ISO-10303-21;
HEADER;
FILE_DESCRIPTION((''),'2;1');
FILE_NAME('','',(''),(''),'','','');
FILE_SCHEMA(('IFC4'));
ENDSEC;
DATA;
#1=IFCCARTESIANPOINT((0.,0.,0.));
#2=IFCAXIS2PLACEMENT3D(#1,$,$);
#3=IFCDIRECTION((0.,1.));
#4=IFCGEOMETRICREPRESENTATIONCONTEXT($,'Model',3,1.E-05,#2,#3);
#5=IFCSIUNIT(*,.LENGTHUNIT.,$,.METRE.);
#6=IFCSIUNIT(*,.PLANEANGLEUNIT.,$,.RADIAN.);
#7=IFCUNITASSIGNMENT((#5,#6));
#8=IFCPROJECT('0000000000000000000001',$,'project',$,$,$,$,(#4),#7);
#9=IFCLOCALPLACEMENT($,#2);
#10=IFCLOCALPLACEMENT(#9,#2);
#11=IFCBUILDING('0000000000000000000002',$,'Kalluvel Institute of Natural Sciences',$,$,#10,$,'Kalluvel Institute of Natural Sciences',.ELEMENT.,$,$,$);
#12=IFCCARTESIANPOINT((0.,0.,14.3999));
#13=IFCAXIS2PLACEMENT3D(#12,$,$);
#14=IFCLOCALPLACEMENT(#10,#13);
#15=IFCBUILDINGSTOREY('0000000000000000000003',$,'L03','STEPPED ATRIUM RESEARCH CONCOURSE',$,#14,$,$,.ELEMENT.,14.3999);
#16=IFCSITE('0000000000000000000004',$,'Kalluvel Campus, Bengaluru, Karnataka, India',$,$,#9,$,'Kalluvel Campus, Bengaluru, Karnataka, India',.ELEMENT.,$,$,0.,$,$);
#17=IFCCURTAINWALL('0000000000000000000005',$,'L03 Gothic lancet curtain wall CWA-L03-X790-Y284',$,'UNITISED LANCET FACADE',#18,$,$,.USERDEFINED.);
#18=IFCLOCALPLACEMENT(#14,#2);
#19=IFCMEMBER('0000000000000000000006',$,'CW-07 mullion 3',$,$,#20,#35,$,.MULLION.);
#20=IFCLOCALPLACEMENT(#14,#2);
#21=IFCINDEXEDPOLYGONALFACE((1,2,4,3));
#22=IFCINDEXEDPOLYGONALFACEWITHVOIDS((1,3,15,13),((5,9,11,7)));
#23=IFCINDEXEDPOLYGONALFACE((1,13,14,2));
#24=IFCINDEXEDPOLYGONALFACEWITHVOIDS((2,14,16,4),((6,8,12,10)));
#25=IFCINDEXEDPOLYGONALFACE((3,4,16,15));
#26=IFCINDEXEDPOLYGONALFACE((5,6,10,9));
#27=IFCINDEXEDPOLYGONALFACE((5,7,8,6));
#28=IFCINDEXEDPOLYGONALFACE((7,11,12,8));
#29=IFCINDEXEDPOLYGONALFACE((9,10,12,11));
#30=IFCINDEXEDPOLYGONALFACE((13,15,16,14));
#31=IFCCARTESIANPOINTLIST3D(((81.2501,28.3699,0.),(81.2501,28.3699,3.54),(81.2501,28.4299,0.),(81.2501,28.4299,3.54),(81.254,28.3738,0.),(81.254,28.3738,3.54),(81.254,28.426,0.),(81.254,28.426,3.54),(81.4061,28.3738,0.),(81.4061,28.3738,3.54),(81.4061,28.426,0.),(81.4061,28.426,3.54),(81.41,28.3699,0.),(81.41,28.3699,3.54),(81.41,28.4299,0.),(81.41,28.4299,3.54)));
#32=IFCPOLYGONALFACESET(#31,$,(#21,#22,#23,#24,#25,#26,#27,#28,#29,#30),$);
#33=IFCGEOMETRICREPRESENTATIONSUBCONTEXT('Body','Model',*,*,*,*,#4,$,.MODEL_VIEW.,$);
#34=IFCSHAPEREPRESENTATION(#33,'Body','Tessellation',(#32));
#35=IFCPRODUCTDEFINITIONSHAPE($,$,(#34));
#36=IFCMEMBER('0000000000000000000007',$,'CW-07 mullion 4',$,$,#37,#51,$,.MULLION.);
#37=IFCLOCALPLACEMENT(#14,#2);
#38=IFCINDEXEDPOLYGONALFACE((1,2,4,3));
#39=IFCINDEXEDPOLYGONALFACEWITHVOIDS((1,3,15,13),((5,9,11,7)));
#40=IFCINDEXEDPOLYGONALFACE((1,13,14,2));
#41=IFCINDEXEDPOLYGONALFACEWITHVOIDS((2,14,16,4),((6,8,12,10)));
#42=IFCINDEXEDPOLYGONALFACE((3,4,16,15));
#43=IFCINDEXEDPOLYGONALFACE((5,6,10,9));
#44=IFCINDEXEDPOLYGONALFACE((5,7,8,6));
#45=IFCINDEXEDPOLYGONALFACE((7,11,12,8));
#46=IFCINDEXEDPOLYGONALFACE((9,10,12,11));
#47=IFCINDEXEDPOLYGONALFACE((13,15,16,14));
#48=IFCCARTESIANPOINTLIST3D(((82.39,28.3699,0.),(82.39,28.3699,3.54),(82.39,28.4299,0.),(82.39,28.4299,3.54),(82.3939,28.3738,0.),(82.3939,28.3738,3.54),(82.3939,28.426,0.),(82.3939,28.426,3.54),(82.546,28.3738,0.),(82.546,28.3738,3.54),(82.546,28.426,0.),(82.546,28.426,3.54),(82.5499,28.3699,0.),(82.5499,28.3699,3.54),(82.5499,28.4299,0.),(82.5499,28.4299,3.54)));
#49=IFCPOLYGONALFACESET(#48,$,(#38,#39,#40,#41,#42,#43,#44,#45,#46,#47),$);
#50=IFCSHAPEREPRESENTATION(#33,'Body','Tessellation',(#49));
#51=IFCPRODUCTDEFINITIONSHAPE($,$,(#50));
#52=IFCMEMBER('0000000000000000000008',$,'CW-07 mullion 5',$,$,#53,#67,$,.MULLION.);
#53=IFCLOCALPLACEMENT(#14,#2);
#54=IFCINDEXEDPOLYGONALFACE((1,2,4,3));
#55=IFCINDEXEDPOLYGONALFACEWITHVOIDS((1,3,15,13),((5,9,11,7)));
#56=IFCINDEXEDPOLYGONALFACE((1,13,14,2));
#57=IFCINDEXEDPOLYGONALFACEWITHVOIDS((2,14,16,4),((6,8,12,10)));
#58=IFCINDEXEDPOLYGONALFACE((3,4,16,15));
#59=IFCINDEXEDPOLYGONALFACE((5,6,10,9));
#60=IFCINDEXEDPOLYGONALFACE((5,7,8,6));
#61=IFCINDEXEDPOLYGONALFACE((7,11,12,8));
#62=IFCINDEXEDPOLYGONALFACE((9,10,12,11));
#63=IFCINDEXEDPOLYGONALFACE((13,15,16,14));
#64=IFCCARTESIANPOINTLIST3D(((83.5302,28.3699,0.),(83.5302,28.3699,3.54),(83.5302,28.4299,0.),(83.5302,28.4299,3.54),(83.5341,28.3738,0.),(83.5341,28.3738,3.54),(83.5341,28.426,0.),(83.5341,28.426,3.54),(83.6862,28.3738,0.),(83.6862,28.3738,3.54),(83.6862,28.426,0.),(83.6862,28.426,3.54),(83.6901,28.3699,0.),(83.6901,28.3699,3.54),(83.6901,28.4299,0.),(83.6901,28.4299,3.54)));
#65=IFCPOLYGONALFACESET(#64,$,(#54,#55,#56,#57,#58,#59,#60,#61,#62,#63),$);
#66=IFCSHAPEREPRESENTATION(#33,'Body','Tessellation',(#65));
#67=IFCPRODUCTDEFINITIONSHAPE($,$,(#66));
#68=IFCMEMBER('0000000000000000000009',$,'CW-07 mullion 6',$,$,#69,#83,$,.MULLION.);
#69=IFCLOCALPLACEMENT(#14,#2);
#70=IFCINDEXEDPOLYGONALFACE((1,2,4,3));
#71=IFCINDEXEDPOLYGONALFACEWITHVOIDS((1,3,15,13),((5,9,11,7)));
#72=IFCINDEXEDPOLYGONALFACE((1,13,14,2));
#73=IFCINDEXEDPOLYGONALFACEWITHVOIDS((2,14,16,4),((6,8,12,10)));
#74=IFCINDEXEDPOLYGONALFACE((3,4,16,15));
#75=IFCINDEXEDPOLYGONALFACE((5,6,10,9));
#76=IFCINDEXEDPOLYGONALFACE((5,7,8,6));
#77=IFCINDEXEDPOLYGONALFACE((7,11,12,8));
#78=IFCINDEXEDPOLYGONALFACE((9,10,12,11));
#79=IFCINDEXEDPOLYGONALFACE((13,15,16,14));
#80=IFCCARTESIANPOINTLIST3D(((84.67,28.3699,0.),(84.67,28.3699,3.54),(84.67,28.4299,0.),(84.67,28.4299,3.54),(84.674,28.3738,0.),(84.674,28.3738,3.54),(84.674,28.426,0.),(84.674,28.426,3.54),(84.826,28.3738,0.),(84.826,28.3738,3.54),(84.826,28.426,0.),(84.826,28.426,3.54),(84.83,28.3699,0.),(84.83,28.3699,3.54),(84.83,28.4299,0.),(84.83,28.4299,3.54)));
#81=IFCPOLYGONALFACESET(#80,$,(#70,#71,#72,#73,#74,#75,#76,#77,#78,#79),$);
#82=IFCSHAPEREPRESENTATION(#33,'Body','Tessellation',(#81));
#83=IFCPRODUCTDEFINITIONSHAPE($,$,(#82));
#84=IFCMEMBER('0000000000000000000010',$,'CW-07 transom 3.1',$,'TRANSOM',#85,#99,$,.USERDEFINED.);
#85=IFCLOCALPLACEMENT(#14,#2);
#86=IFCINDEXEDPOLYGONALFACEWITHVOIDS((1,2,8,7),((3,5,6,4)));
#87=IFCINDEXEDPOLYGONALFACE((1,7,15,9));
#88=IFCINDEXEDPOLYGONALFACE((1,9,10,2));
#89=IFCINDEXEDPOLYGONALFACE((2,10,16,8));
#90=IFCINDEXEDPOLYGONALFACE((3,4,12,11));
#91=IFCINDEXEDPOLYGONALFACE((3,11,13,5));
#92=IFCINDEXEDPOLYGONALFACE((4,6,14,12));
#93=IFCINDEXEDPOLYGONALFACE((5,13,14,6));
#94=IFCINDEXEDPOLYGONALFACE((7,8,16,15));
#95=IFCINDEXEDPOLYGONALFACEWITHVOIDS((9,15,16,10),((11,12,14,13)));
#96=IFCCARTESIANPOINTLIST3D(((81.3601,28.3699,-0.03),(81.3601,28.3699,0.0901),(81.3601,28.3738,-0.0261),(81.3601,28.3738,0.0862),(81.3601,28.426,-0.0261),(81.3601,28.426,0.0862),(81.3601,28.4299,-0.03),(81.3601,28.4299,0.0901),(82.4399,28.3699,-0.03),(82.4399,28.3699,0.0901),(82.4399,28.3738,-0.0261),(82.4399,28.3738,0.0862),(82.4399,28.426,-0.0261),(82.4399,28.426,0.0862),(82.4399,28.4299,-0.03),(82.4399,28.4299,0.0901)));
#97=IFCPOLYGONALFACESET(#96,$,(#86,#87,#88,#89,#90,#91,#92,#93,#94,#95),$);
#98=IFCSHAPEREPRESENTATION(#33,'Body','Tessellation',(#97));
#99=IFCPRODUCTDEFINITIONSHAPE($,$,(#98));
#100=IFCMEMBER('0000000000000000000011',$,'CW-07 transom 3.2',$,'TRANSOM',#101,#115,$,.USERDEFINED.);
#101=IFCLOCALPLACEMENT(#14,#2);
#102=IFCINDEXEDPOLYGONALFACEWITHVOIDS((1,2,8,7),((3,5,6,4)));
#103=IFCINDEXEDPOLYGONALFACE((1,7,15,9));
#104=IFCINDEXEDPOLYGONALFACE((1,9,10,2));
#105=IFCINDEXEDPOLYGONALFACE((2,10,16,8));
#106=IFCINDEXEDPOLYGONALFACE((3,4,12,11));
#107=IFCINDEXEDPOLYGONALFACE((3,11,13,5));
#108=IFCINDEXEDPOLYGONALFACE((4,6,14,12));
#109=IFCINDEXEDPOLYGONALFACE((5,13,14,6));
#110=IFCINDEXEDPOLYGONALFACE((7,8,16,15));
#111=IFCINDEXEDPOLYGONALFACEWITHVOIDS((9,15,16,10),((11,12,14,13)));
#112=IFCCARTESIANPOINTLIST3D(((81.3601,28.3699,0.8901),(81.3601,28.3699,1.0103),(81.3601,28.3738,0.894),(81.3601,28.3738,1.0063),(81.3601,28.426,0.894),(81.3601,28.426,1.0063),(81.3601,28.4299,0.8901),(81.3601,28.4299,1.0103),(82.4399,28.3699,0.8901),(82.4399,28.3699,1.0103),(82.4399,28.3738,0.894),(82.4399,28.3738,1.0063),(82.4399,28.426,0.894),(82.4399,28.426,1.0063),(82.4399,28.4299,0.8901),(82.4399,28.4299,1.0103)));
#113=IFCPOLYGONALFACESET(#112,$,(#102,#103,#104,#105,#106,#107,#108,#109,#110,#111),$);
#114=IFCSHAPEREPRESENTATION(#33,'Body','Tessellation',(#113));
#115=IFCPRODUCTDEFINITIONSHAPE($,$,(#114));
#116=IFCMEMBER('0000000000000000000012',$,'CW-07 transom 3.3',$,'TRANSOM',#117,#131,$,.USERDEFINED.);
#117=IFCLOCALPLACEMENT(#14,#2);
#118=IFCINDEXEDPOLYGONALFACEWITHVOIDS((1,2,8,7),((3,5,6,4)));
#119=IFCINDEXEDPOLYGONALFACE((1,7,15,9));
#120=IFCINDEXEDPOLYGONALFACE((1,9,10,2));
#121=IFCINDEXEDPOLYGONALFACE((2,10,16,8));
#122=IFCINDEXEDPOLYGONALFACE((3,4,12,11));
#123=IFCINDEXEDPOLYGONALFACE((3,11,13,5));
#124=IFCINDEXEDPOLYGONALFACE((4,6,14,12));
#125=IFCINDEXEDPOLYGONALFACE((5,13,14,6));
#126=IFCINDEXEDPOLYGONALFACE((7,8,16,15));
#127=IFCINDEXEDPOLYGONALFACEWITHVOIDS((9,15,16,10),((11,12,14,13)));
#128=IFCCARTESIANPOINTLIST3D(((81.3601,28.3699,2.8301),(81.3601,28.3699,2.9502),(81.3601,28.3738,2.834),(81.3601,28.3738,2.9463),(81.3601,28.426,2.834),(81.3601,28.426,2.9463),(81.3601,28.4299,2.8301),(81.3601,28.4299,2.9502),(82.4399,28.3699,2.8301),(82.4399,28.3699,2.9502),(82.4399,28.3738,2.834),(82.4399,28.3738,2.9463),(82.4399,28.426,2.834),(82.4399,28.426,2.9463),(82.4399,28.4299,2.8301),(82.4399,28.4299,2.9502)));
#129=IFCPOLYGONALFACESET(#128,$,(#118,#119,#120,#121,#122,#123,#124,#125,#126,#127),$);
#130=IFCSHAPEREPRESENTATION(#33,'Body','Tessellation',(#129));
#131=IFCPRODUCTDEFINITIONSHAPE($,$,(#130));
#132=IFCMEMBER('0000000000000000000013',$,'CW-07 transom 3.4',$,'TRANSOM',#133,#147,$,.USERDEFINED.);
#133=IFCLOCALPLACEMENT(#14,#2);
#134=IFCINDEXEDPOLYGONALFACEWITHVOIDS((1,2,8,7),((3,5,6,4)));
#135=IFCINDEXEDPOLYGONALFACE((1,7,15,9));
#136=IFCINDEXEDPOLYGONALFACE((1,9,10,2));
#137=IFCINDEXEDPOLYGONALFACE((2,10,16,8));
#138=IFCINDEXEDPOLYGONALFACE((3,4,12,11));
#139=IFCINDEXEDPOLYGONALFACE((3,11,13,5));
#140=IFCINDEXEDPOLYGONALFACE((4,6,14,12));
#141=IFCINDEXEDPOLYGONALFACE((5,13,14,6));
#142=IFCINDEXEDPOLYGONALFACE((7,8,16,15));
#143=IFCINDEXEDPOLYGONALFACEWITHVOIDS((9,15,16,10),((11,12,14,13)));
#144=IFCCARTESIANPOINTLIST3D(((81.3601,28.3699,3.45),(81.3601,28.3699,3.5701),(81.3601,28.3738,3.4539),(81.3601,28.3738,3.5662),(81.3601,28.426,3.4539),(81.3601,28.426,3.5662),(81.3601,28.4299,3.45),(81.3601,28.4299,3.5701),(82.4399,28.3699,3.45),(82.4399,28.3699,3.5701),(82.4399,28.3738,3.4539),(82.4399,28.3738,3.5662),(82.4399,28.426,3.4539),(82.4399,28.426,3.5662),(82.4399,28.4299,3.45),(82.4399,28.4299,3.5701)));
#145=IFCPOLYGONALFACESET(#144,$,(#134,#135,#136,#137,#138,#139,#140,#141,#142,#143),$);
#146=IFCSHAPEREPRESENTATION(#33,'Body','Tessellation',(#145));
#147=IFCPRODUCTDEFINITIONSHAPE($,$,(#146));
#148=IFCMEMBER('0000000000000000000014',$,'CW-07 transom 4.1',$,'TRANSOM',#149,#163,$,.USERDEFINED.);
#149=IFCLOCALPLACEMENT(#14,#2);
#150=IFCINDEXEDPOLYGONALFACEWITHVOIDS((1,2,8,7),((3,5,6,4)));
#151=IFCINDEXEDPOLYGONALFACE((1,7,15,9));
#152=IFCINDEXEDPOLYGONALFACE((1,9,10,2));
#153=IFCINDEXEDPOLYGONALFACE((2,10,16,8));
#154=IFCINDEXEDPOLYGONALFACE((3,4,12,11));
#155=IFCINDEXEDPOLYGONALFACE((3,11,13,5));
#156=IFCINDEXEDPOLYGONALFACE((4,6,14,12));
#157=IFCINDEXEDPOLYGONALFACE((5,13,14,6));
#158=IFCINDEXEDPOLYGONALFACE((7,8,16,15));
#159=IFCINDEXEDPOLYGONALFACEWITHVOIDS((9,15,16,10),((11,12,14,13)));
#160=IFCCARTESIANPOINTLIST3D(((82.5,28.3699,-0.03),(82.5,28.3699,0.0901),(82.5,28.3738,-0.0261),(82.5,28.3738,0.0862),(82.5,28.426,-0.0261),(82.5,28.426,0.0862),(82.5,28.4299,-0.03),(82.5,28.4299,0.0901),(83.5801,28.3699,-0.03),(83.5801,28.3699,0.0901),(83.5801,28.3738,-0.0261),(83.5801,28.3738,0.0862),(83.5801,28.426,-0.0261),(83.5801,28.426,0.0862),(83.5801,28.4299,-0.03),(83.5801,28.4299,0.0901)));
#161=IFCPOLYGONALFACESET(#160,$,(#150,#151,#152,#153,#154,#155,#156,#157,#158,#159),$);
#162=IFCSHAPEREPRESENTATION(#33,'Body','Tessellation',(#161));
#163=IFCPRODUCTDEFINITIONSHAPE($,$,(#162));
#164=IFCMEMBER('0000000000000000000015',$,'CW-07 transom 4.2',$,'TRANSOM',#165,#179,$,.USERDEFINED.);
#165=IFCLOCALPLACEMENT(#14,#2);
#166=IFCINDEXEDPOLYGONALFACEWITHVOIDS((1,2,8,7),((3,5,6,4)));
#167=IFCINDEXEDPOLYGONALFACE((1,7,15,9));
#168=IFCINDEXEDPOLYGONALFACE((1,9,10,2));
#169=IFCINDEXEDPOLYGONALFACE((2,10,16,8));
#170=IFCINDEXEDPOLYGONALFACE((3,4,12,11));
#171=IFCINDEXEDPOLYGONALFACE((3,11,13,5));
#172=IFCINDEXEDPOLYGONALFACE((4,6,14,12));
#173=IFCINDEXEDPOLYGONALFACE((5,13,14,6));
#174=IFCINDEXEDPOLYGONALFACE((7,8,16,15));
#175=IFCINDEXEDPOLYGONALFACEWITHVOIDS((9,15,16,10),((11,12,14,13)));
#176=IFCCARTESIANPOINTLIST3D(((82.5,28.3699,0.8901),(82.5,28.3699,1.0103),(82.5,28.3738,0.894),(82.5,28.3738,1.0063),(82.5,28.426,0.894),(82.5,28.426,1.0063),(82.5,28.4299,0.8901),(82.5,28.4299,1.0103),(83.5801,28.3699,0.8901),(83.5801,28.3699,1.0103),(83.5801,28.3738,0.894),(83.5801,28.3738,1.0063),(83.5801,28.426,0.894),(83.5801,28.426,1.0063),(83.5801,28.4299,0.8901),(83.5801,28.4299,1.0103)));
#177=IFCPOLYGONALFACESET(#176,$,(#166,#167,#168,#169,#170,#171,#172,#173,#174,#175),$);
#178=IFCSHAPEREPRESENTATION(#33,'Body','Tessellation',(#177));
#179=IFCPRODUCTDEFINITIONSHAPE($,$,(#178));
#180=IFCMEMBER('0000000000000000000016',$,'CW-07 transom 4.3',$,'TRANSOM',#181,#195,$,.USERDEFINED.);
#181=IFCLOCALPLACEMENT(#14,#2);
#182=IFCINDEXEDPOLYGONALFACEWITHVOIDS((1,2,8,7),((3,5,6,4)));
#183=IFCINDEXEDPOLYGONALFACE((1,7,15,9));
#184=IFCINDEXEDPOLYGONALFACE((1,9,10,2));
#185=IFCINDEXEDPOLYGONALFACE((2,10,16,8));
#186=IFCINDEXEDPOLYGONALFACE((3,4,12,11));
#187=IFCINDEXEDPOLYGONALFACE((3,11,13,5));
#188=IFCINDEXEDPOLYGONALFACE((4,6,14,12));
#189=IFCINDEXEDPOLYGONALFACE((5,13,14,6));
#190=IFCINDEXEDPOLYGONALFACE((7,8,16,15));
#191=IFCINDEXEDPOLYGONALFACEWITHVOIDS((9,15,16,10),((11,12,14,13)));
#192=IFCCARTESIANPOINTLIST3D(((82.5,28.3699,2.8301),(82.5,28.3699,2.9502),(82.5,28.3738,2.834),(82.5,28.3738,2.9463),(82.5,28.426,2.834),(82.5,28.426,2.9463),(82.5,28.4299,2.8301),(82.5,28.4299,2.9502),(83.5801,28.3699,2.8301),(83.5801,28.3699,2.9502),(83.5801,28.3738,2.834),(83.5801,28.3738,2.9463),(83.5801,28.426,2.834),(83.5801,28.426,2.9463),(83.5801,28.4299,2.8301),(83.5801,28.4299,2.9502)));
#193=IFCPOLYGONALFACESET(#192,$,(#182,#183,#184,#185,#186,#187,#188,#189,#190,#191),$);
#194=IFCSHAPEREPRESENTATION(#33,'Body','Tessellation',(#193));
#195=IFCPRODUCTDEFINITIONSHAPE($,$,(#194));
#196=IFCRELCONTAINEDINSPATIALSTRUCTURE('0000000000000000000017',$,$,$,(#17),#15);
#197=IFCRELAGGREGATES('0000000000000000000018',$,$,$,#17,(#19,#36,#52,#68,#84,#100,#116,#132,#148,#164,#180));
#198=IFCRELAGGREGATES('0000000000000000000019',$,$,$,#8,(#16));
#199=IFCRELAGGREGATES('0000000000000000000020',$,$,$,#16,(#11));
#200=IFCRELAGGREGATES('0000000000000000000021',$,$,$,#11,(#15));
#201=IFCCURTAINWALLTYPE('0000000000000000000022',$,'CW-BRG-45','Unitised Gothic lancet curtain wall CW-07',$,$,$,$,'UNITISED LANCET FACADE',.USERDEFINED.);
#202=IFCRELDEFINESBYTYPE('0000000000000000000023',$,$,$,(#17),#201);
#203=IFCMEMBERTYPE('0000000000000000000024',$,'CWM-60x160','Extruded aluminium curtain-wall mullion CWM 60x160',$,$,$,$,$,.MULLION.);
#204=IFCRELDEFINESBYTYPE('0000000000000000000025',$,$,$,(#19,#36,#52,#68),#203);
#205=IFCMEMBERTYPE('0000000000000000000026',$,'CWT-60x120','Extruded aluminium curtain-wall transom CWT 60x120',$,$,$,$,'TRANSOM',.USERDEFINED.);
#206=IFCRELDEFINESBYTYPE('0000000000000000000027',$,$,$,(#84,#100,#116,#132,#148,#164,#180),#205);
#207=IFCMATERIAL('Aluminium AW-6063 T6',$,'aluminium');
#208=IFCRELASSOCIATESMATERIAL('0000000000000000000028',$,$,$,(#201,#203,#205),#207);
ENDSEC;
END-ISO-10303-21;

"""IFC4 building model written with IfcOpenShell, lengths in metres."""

from ifc_helpers import new_model, si_unit, direction, frame, origin, origin_2d, place, context, subcontext, project, spatial, hollow_rectangle, extrude, material, material_profile, profile_set, type_object, element, aggregate, save


model = new_model("IFC4")

# Units and contexts
model_context = context("Model", 3, precision=1e-05, world=origin(), true_north=direction((0.0, 1.0)))
body_context = subcontext(model_context, "Body", "Model", "MODEL_VIEW")
ifc_project = project(units=[si_unit("LENGTHUNIT", "METRE"), si_unit("PLANEANGLEUNIT", "RADIAN")], contexts=[model_context])

# Site, building, storey
site_placement = place(None, origin())
site = spatial("IfcSite", under=ifc_project, at=site_placement, Name="Kalluvel Campus, Bengaluru, Karnataka, India", LongName="Kalluvel Campus, Bengaluru, Karnataka, India", CompositionType="ELEMENT", RefElevation=0.0)
building_placement = place(site_placement, origin())
building = spatial("IfcBuilding", under=site, at=building_placement, Name="Kalluvel Institute of Natural Sciences", LongName="Kalluvel Institute of Natural Sciences", CompositionType="ELEMENT")
storey_placement = place(building_placement, frame((0.0, 0.0, 14.3999)))
storey = spatial("IfcBuildingStorey", under=building, at=storey_placement, Name="L03", Description="STEPPED ATRIUM RESEARCH CONCOURSE", CompositionType="ELEMENT", Elevation=14.3999)

# Curtain wall, members
ifc_material_1 = material(Name="Aluminium AW-6063 T6", Category="aluminium")
curtain_wall_type = type_object("IfcCurtainWallType", Name="CW-BRG-45", Description="Unitised Gothic lancet curtain wall CW-07", ElementType="UNITISED LANCET FACADE", PredefinedType="USERDEFINED", material=ifc_material_1)
curtain_wall_placement = place(storey_placement, origin())
curtain_wall = element("IfcCurtainWall", 1, at=curtain_wall_placement, inside=storey, type_object=curtain_wall_type, Name="L03 Gothic lancet curtain wall CWA-L03-X790-Y284", ObjectType="UNITISED LANCET FACADE", PredefinedType="USERDEFINED")
ifc_material_profile_1 = material_profile(ifc_material_1, hollow_rectangle(XDim=0.0601, YDim=0.1599, WallThickness=0.0039, at=origin_2d()), Name="CWM 60x160")
ifc_profile_set_1 = profile_set([ifc_material_profile_1], Name="Aluminium AW-6063 T6")
member_type_1 = type_object("IfcMemberType", Name="CWM-60x160", Description="Extruded aluminium curtain-wall mullion CWM 60x160", PredefinedType="MULLION", material=ifc_profile_set_1)
member_1_placement = place(storey_placement, frame((81.3301, 28.3999, 0.0), z_axis=(0.0, 0.0, 1.0), x_axis=(0.0, 1.0, 0.0)))
member_1 = element("IfcMember", 2, at=member_1_placement, type_object=member_type_1, Name="CW-07 mullion 3", PredefinedType="MULLION", context=body_context, shape_type="SweptSolid", body=[
    extrude(hollow_rectangle(XDim=0.0601, YDim=0.1599, WallThickness=0.0039, at=origin_2d()), origin(), (0.0, 0.0, 1.0), 3.54),
])
member_2_placement = place(storey_placement, frame((82.47, 28.3999, 0.0), z_axis=(0.0, 0.0, 1.0), x_axis=(0.0, 1.0, 0.0)))
member_2 = element("IfcMember", 3, at=member_2_placement, type_object=member_type_1, Name="CW-07 mullion 4", PredefinedType="MULLION", context=body_context, shape_type="SweptSolid", body=[
    extrude(hollow_rectangle(XDim=0.0601, YDim=0.1599, WallThickness=0.0039, at=origin_2d()), origin(), (0.0, 0.0, 1.0), 3.54),
])
member_3_placement = place(storey_placement, frame((83.6101, 28.3999, 0.0), z_axis=(0.0, 0.0, 1.0), x_axis=(0.0, 1.0, 0.0)))
member_3 = element("IfcMember", 4, at=member_3_placement, type_object=member_type_1, Name="CW-07 mullion 5", PredefinedType="MULLION", context=body_context, shape_type="SweptSolid", body=[
    extrude(hollow_rectangle(XDim=0.0601, YDim=0.1599, WallThickness=0.0039, at=origin_2d()), origin(), (0.0, 0.0, 1.0), 3.54),
])
member_4_placement = place(storey_placement, frame((84.75, 28.3999, 0.0), z_axis=(0.0, 0.0, 1.0), x_axis=(0.0, 1.0, 0.0)))
member_4 = element("IfcMember", 5, at=member_4_placement, type_object=member_type_1, Name="CW-07 mullion 6", PredefinedType="MULLION", context=body_context, shape_type="SweptSolid", body=[
    extrude(hollow_rectangle(XDim=0.0601, YDim=0.1599, WallThickness=0.0039, at=origin_2d()), origin(), (0.0, 0.0, 1.0), 3.54),
])
ifc_material_profile_2 = material_profile(ifc_material_1, hollow_rectangle(XDim=0.0601, YDim=0.1201, WallThickness=0.0039, at=origin_2d()), Name="CWT 60x120")
ifc_profile_set_2 = profile_set([ifc_material_profile_2], Name="Aluminium AW-6063 T6")
member_type_2 = type_object("IfcMemberType", Name="CWT-60x120", Description="Extruded aluminium curtain-wall transom CWT 60x120", ElementType="TRANSOM", PredefinedType="USERDEFINED", material=ifc_profile_set_2)
member_5_placement = place(storey_placement, frame((81.3601, 28.3999, 0.03), z_axis=(1.0, 0.0, 0.0), x_axis=(0.0, 1.0, 0.0)))
member_5 = element("IfcMember", 6, at=member_5_placement, type_object=member_type_2, Name="CW-07 transom 3.1", ObjectType="TRANSOM", PredefinedType="USERDEFINED", context=body_context, shape_type="SweptSolid", body=[
    extrude(hollow_rectangle(XDim=0.0601, YDim=0.1201, WallThickness=0.0039, at=origin_2d()), origin(), (0.0, 0.0, 1.0), 1.0798),
])
member_6_placement = place(storey_placement, frame((81.3601, 28.3999, 0.9502), z_axis=(1.0, 0.0, 0.0), x_axis=(0.0, 1.0, 0.0)))
member_6 = element("IfcMember", 7, at=member_6_placement, type_object=member_type_2, Name="CW-07 transom 3.2", ObjectType="TRANSOM", PredefinedType="USERDEFINED", context=body_context, shape_type="SweptSolid", body=[
    extrude(hollow_rectangle(XDim=0.0601, YDim=0.1201, WallThickness=0.0039, at=origin_2d()), origin(), (0.0, 0.0, 1.0), 1.0798),
])
member_7_placement = place(storey_placement, frame((81.3601, 28.3999, 2.8901), z_axis=(1.0, 0.0, 0.0), x_axis=(0.0, 1.0, 0.0)))
member_7 = element("IfcMember", 8, at=member_7_placement, type_object=member_type_2, Name="CW-07 transom 3.3", ObjectType="TRANSOM", PredefinedType="USERDEFINED", context=body_context, shape_type="SweptSolid", body=[
    extrude(hollow_rectangle(XDim=0.0601, YDim=0.1201, WallThickness=0.0039, at=origin_2d()), origin(), (0.0, 0.0, 1.0), 1.0798),
])
member_8_placement = place(storey_placement, frame((81.3601, 28.3999, 3.51), z_axis=(1.0, 0.0, 0.0), x_axis=(0.0, 1.0, 0.0)))
member_8 = element("IfcMember", 9, at=member_8_placement, type_object=member_type_2, Name="CW-07 transom 3.4", ObjectType="TRANSOM", PredefinedType="USERDEFINED", context=body_context, shape_type="SweptSolid", body=[
    extrude(hollow_rectangle(XDim=0.0601, YDim=0.1201, WallThickness=0.0039, at=origin_2d()), origin(), (0.0, 0.0, 1.0), 1.0798),
])
member_9_placement = place(storey_placement, frame((82.5, 28.3999, 0.03), z_axis=(1.0, 0.0, 0.0), x_axis=(0.0, 1.0, 0.0)))
member_9 = element("IfcMember", 10, at=member_9_placement, type_object=member_type_2, Name="CW-07 transom 4.1", ObjectType="TRANSOM", PredefinedType="USERDEFINED", context=body_context, shape_type="SweptSolid", body=[
    extrude(hollow_rectangle(XDim=0.0601, YDim=0.1201, WallThickness=0.0039, at=origin_2d()), origin(), (0.0, 0.0, 1.0), 1.0801),
])
member_10_placement = place(storey_placement, frame((82.5, 28.3999, 0.9502), z_axis=(1.0, 0.0, 0.0), x_axis=(0.0, 1.0, 0.0)))
member_10 = element("IfcMember", 11, at=member_10_placement, type_object=member_type_2, Name="CW-07 transom 4.2", ObjectType="TRANSOM", PredefinedType="USERDEFINED", context=body_context, shape_type="SweptSolid", body=[
    extrude(hollow_rectangle(XDim=0.0601, YDim=0.1201, WallThickness=0.0039, at=origin_2d()), origin(), (0.0, 0.0, 1.0), 1.0801),
])
member_11_placement = place(storey_placement, frame((82.5, 28.3999, 2.8901), z_axis=(1.0, 0.0, 0.0), x_axis=(0.0, 1.0, 0.0)))
member_11 = element("IfcMember", 12, at=member_11_placement, type_object=member_type_2, Name="CW-07 transom 4.3", ObjectType="TRANSOM", PredefinedType="USERDEFINED", context=body_context, shape_type="SweptSolid", body=[
    extrude(hollow_rectangle(XDim=0.0601, YDim=0.1201, WallThickness=0.0039, at=origin_2d()), origin(), (0.0, 0.0, 1.0), 1.0801),
])
aggregate(curtain_wall, [member_1, member_2, member_3, member_4, member_5, member_6, member_7, member_8, member_9, member_10, member_11])

save(model, "model.ifc")
